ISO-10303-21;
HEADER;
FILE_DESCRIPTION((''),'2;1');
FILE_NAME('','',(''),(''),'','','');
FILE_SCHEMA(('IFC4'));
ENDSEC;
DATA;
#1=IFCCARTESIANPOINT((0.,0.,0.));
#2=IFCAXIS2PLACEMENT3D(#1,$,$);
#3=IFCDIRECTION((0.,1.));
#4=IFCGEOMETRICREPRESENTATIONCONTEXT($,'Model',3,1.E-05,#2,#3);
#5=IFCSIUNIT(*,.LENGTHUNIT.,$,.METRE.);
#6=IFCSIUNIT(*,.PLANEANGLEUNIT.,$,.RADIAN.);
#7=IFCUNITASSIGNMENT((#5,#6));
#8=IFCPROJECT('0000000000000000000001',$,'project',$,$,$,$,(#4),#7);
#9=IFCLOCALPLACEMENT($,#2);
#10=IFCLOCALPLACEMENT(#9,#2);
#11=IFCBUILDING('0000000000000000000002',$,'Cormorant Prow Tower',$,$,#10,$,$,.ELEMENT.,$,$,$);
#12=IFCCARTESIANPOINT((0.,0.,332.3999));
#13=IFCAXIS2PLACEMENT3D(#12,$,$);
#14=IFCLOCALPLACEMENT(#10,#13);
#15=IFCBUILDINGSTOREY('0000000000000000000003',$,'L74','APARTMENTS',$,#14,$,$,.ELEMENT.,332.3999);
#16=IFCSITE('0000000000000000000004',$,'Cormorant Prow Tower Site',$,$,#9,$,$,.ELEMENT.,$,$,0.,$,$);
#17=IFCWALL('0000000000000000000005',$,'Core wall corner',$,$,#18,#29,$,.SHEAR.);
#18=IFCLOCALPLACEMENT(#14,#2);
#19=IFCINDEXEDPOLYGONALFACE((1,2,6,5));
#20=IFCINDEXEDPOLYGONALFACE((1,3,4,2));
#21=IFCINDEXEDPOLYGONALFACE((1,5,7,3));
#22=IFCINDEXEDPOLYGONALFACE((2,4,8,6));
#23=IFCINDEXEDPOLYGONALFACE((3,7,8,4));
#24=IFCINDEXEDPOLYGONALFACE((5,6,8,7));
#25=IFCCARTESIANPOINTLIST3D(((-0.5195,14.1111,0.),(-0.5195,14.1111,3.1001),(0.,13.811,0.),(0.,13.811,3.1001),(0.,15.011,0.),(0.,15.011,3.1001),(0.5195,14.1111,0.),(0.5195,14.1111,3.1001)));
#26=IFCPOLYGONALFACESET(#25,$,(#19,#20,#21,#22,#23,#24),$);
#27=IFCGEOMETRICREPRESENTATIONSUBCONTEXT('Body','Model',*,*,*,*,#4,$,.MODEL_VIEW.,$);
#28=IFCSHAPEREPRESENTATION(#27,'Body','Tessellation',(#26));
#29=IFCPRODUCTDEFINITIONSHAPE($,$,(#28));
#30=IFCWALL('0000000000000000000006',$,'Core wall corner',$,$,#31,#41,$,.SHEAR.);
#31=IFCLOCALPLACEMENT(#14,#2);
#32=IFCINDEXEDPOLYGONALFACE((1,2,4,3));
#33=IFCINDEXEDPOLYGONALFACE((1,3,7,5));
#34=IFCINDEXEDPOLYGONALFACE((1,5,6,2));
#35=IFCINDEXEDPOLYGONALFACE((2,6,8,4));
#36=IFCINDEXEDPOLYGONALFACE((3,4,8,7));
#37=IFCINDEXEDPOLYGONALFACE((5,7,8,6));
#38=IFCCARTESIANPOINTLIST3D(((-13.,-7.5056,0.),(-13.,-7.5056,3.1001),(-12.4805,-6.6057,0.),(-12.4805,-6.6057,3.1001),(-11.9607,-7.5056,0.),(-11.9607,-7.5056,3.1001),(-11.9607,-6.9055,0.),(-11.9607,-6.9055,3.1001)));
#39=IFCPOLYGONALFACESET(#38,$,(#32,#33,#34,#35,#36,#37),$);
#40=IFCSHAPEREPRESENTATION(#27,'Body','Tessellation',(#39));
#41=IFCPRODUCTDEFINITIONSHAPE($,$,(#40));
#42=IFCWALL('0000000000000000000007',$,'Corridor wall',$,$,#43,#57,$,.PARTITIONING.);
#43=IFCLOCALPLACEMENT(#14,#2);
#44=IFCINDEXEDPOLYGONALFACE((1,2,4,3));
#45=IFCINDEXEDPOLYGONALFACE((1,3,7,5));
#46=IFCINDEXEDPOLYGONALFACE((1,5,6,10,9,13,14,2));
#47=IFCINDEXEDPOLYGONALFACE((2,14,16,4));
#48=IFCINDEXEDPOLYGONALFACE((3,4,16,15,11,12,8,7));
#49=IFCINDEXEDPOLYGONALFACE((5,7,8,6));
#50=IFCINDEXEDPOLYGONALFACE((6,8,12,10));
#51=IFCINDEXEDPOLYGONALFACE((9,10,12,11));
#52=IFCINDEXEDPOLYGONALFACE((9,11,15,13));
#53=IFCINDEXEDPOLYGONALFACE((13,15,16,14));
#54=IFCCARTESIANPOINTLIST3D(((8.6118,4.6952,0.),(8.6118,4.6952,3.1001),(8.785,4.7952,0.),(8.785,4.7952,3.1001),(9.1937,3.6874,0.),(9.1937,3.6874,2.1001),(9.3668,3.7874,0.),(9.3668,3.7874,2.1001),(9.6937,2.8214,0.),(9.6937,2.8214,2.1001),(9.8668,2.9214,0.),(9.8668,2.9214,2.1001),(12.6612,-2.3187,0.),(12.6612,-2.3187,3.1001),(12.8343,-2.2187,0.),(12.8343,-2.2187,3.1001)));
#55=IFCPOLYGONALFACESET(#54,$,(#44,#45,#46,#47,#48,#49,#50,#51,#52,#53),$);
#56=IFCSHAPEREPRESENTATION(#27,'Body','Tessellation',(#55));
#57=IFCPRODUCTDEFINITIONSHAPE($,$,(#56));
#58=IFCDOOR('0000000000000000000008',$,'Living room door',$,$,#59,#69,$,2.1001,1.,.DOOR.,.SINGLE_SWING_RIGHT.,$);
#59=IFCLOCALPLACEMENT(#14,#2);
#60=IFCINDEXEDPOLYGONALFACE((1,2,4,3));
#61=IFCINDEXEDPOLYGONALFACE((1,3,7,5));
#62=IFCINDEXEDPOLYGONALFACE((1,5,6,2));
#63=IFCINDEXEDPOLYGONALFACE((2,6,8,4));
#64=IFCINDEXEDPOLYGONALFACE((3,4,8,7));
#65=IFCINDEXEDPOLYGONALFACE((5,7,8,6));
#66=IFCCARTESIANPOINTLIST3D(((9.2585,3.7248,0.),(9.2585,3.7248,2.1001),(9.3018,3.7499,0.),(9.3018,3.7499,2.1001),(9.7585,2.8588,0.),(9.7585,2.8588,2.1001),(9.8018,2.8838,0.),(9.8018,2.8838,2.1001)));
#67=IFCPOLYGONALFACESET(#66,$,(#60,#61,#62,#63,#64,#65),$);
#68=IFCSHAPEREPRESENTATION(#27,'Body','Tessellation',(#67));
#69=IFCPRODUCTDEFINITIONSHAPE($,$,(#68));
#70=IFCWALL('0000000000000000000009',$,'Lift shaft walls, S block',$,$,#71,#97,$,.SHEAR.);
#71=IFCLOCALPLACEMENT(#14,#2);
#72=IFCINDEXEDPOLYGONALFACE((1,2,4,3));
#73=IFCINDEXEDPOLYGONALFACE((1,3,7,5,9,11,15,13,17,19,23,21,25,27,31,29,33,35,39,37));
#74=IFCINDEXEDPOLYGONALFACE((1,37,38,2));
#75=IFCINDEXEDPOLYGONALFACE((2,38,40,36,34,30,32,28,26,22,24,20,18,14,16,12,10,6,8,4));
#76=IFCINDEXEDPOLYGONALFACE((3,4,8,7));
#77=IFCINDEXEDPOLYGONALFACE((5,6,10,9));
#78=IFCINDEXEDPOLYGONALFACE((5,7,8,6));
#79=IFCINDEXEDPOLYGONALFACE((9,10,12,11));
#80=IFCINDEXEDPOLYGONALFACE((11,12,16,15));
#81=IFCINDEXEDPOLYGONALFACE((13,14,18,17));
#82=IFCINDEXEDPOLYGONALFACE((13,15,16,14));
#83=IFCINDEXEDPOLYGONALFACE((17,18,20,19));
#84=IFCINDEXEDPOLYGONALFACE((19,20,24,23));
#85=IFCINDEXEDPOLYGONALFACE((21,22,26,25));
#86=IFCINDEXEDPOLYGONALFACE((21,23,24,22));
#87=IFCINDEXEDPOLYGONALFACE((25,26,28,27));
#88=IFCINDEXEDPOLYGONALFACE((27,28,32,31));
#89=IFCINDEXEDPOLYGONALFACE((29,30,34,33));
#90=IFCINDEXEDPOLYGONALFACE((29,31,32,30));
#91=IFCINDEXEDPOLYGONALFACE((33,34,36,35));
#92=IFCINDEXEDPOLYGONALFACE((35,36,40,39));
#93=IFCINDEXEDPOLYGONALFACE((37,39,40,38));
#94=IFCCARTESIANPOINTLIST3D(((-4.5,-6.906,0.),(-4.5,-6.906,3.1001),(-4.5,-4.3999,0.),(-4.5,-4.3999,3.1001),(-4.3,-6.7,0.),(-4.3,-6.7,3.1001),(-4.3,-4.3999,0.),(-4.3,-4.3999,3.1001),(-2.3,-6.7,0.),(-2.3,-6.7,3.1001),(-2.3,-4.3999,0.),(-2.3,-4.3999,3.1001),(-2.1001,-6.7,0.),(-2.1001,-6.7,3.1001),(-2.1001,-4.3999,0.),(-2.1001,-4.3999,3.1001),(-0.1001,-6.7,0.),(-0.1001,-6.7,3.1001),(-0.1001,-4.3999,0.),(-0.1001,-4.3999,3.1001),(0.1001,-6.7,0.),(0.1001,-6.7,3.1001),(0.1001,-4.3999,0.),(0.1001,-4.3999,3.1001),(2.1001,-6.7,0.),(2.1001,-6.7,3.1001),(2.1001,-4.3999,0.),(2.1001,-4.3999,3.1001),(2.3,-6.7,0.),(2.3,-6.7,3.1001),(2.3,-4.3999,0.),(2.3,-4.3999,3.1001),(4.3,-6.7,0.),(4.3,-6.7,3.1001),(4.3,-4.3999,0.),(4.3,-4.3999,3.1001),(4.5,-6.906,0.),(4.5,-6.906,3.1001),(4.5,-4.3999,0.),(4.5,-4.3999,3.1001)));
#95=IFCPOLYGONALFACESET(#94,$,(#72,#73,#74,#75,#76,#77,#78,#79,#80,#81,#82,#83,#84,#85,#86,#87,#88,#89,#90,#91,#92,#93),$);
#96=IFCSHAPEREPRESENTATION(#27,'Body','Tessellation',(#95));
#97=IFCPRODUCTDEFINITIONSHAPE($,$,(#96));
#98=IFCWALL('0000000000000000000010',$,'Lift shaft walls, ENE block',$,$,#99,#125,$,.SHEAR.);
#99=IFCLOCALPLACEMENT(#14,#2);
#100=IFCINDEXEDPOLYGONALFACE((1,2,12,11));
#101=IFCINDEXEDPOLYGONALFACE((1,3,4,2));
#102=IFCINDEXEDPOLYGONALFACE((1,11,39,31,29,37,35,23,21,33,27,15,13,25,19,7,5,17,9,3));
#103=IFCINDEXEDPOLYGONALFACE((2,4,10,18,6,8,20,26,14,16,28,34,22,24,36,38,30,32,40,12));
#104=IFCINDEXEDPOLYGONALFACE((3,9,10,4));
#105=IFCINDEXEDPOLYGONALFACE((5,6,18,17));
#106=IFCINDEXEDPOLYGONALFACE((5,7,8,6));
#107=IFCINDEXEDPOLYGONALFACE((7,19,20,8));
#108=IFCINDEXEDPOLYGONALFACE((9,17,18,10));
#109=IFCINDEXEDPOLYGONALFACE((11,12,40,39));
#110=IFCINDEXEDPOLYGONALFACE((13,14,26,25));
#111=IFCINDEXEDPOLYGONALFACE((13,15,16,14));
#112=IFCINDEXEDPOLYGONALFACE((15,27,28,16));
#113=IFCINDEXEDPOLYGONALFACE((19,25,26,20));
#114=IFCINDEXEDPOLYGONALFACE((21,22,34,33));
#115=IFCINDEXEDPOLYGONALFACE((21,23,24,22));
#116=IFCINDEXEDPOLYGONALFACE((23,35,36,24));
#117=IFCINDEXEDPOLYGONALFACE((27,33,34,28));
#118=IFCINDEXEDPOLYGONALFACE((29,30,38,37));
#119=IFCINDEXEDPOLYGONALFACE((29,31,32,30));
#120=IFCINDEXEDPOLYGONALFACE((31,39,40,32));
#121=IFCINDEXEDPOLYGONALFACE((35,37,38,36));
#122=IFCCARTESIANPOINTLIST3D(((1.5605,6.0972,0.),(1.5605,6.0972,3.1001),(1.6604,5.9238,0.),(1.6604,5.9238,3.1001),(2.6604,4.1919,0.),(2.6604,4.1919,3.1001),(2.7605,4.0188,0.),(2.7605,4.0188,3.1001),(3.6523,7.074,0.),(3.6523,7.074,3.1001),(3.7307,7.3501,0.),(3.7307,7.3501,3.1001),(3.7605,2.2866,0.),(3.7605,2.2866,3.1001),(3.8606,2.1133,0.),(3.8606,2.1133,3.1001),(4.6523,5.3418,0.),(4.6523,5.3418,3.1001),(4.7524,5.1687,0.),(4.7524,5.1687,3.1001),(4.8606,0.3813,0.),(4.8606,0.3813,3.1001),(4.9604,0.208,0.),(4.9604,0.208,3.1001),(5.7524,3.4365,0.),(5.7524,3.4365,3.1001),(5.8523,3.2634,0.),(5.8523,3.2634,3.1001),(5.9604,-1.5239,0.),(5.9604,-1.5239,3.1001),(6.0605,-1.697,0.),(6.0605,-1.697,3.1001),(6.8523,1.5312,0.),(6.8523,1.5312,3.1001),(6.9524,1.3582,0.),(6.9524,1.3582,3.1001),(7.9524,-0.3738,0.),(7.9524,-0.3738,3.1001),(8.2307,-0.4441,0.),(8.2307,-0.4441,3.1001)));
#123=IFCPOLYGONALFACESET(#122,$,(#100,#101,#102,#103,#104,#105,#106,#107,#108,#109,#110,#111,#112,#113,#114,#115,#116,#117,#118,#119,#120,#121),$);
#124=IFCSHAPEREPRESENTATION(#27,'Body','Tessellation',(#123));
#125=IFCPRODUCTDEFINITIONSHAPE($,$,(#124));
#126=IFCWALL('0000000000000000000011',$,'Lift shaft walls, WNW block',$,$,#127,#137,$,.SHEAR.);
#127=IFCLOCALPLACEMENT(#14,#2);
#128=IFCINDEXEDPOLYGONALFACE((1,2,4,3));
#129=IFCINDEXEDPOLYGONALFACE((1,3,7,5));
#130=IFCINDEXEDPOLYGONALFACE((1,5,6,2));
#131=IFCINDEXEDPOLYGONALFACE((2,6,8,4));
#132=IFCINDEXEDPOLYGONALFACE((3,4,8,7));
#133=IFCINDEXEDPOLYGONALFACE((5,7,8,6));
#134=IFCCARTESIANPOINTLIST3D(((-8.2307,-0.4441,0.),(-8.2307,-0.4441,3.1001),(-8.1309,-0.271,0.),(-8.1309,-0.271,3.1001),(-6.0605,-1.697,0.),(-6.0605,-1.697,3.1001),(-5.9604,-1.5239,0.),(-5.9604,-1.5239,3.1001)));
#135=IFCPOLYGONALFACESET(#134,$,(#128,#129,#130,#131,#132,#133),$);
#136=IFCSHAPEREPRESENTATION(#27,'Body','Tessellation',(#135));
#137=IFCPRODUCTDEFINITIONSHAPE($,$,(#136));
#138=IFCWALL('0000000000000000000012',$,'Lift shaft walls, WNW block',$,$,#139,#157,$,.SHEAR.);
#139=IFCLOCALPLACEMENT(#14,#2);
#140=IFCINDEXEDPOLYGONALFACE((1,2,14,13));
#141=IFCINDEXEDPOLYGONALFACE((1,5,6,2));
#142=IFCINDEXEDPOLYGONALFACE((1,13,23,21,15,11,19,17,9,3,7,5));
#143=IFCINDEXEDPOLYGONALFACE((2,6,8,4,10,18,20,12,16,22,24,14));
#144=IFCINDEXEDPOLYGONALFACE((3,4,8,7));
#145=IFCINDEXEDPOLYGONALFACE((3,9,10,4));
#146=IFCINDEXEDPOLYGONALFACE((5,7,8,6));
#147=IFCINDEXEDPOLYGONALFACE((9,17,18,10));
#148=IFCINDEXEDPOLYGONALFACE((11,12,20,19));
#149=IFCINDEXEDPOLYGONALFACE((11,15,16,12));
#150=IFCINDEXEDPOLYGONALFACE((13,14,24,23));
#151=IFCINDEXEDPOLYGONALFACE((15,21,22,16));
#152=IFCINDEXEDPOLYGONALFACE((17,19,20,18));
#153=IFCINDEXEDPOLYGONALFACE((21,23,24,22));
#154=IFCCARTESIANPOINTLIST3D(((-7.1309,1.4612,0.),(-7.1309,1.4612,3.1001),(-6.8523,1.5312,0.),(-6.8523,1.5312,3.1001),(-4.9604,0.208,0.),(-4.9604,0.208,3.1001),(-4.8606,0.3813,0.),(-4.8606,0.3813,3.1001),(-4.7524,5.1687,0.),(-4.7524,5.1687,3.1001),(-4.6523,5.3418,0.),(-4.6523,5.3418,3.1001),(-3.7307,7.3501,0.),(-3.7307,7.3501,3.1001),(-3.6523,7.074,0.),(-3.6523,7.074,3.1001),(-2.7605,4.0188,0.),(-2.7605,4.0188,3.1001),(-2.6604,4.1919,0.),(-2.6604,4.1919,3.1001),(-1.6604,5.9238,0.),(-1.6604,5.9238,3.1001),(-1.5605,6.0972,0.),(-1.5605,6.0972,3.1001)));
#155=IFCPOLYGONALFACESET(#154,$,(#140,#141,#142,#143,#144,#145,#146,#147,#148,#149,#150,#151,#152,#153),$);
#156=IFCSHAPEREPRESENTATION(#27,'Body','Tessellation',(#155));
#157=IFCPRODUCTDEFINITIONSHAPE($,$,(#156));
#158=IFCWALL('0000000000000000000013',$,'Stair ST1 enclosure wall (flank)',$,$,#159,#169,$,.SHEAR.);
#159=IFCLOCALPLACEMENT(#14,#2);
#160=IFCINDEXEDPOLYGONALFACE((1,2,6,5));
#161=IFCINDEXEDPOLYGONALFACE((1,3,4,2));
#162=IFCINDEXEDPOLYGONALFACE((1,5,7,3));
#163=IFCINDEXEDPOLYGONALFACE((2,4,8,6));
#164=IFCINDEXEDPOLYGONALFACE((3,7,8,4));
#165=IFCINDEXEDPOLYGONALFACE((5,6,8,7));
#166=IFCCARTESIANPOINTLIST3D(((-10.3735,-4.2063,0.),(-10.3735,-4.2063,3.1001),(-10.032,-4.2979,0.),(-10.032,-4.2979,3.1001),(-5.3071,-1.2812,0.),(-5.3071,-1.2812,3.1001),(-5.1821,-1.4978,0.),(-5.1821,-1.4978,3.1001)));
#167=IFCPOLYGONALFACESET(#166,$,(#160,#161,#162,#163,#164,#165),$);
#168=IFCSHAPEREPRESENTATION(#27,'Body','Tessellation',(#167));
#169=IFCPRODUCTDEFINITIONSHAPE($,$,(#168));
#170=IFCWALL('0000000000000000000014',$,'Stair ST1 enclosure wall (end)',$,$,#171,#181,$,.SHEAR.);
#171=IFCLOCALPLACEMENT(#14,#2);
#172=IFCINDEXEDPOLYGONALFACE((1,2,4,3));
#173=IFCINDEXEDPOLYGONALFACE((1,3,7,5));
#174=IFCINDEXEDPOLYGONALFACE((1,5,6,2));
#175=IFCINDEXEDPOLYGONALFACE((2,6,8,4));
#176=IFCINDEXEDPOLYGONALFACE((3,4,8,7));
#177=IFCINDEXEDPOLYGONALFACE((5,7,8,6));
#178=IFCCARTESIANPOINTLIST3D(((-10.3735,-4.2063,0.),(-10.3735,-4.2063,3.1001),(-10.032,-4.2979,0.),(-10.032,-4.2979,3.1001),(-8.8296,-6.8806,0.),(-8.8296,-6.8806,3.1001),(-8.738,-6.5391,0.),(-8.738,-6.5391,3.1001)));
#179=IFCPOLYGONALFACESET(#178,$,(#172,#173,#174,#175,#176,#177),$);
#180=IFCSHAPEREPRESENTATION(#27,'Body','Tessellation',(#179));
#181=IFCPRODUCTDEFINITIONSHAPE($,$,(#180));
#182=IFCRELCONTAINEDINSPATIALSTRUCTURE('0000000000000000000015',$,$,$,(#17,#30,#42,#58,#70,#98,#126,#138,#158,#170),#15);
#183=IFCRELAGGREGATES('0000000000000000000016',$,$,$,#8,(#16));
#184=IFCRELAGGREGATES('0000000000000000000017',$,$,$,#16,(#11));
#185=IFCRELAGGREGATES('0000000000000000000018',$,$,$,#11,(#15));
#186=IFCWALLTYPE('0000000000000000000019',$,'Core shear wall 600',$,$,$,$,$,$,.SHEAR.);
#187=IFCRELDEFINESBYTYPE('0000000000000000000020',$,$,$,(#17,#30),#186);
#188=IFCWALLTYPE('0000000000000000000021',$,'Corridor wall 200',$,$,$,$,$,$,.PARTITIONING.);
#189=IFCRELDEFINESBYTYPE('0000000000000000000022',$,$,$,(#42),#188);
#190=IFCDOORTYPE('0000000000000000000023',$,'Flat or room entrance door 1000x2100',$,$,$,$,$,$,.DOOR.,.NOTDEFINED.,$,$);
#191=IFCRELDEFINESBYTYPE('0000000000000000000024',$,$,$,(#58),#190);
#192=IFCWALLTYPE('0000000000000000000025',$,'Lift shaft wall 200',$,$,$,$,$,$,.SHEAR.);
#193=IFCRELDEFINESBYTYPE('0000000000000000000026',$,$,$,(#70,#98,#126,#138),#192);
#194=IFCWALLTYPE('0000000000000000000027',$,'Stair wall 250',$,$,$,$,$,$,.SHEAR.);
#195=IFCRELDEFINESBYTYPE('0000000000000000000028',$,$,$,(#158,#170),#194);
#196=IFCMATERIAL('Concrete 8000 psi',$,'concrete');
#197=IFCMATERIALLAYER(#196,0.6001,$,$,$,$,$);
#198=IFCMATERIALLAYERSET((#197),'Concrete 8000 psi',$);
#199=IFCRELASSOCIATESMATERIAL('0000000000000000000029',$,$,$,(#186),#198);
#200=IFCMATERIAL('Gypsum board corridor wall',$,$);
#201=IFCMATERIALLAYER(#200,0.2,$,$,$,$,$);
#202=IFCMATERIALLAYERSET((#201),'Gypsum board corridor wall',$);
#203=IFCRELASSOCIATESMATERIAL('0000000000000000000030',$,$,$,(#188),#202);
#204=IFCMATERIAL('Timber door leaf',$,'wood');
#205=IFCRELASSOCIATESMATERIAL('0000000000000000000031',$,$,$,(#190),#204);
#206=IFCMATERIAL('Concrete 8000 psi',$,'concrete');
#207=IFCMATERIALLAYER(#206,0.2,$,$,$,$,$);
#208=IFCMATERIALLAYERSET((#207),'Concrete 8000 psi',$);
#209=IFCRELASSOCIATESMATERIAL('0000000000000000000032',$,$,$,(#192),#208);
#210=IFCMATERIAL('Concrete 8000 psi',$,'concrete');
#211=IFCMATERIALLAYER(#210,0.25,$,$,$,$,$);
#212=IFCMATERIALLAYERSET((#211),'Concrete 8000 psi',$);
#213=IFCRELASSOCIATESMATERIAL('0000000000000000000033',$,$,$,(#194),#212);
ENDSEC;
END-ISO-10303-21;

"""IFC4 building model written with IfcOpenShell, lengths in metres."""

from ifc_helpers import new_model, si_unit, direction, frame, frame_2d, origin, place, context, subcontext, project, spatial, polyline, rectangle, outline, extrude, material, layer, layer_set, type_object, element, fill, save


model = new_model("IFC4")

# Units and contexts
model_context = context("Model", 3, precision=1e-05, world=origin(), true_north=direction((0.0, 1.0)))
body_context = subcontext(model_context, "Body", "Model", "MODEL_VIEW")
ifc_project = project(units=[si_unit("LENGTHUNIT", "METRE"), si_unit("PLANEANGLEUNIT", "RADIAN")], contexts=[model_context])

# Site, building, storey
site_placement = place(None, origin())
site = spatial("IfcSite", under=ifc_project, at=site_placement, Name="Cormorant Prow Tower Site", CompositionType="ELEMENT", RefElevation=0.0)
building_placement = place(site_placement, origin())
building = spatial("IfcBuilding", under=site, at=building_placement, Name="Cormorant Prow Tower", CompositionType="ELEMENT")
storey_placement = place(building_placement, frame((0.0, 0.0, 332.3999)))
storey = spatial("IfcBuildingStorey", under=building, at=storey_placement, Name="L74", Description="APARTMENTS", CompositionType="ELEMENT", Elevation=332.3999)

# Walls
ifc_material_1 = material(Name="Concrete 8000 psi", Category="concrete")
ifc_layer_1 = layer(ifc_material_1, 0.6001)
ifc_layer_set_1 = layer_set([ifc_layer_1], Name="Concrete 8000 psi")
wall_type_1 = type_object("IfcWallType", Name="Core shear wall 600", PredefinedType="SHEAR", material=ifc_layer_set_1)
wall_1_placement = place(storey_placement, origin())
element("IfcWall", 1, at=wall_1_placement, inside=storey, type_object=wall_type_1, Name="Core wall corner", PredefinedType="SHEAR", context=body_context, shape_type="SweptSolid", body=[
    extrude(outline(polyline([(-0.5195, 14.1111), (0.0, 15.011), (0.5195, 14.1111), (0.0, 13.811), (-0.5195, 14.1111)])), origin(), (0.0, 0.0, 1.0), 3.1001),
])
wall_2_placement = place(storey_placement, origin())
element("IfcWall", 2, at=wall_2_placement, inside=storey, type_object=wall_type_1, Name="Core wall corner", PredefinedType="SHEAR", context=body_context, shape_type="SweptSolid", body=[
    extrude(outline(polyline([(-12.4805, -6.6057), (-11.9607, -6.9055), (-11.9607, -7.5056), (-13.0, -7.5056), (-12.4805, -6.6057)])), origin(), (0.0, 0.0, 1.0), 3.1001),
])

# Wall, opening, door
ifc_material_2 = material(Name="Gypsum board corridor wall")
ifc_layer_2 = layer(ifc_material_2, 0.2)
ifc_layer_set_2 = layer_set([ifc_layer_2], Name="Gypsum board corridor wall")
wall_type_2 = type_object("IfcWallType", Name="Corridor wall 200", PredefinedType="PARTITIONING", material=ifc_layer_set_2)
wall_3_placement = place(storey_placement, frame((8.6985, 4.7451, 0.0), z_axis=(0.0, 0.0, 1.0), x_axis=(0.499984, -0.866034, 0.0)))
wall_3 = element("IfcWall", 3, at=wall_3_placement, inside=storey, type_object=wall_type_2, Name="Corridor wall", PredefinedType="PARTITIONING", context=body_context, shape_type="SweptSolid", body=[
    extrude(rectangle(XDim=8.0989, YDim=0.2, at=frame_2d((4.0493, 0.0))), origin(), (0.0, 0.0, 1.0), 3.1001),
])
opening_1_placement = place(wall_3_placement, frame((1.1636, 0.0, 0.0)))
opening_1 = element("IfcOpeningElement", 4, at=opening_1_placement, cuts=wall_3, PredefinedType="OPENING", context=body_context, shape_type="SweptSolid", body=[
    extrude(rectangle(XDim=1.0, YDim=2.1001, at=frame_2d((0.5, 1.05))), frame((0.0, 0.1099, 0.0), z_axis=(0.0, -1.0, 0.0), x_axis=(1.0, 0.0, 0.0)), (0.0, 0.0, 1.0), 0.22),
])
ifc_material_3 = material(Name="Timber door leaf", Category="wood")
door_type_1 = type_object("IfcDoorType", Name="Flat or room entrance door 1000x2100", OperationType="NOTDEFINED", PredefinedType="DOOR", material=ifc_material_3)
door_1_placement = place(opening_1_placement, origin())
door_1 = element("IfcDoor", 5, at=door_1_placement, inside=storey, type_object=door_type_1, Name="Living room door", OperationType="SINGLE_SWING_RIGHT", OverallHeight=2.1001, OverallWidth=1.0, PredefinedType="DOOR", context=body_context, shape_type="SweptSolid", body=[
    extrude(rectangle(XDim=1.0, YDim=2.1001, at=frame_2d((0.5, 1.05))), frame((0.0, 0.0249, 0.0), z_axis=(0.0, -1.0, 0.0), x_axis=(1.0, 0.0, 0.0)), (0.0, 0.0, 1.0), 0.05),
])
fill(opening_1, door_1)

# Walls
ifc_material_4 = material(Name="Concrete 8000 psi", Category="concrete")
ifc_layer_3 = layer(ifc_material_4, 0.2)
ifc_layer_set_3 = layer_set([ifc_layer_3], Name="Concrete 8000 psi")
wall_type_3 = type_object("IfcWallType", Name="Lift shaft wall 200", PredefinedType="SHEAR", material=ifc_layer_set_3)
wall_4_placement = place(storey_placement, origin())
element("IfcWall", 6, at=wall_4_placement, inside=storey, type_object=wall_type_3, Name="Lift shaft walls, S block", PredefinedType="SHEAR", context=body_context, shape_type="SweptSolid", body=[
    extrude(outline(polyline([(4.5, -4.3999), (4.5, -6.906), (-4.5, -6.906), (-4.5, -4.3999), (-4.3, -4.3999), (-4.3, -6.7), (-2.3, -6.7), (-2.3, -4.3999), (-2.1001, -4.3999), (-2.1001, -6.7), (-0.1001, -6.7), (-0.1001, -4.3999), (0.1001, -4.3999), (0.1001, -6.7), (2.1001, -6.7), (2.1001, -4.3999), (2.3, -4.3999), (2.3, -6.7), (4.3, -6.7), (4.3, -4.3999), (4.5, -4.3999)])), origin(), (0.0, 0.0, 1.0), 3.1001),
])
wall_5_placement = place(storey_placement, origin())
element("IfcWall", 7, at=wall_5_placement, inside=storey, type_object=wall_type_3, Name="Lift shaft walls, ENE block", PredefinedType="SHEAR", context=body_context, shape_type="SweptSolid", body=[
    extrude(outline(polyline([(1.5605, 6.0972), (3.7307, 7.3501), (8.2307, -0.4441), (6.0605, -1.697), (5.9604, -1.5239), (7.9524, -0.3738), (6.9524, 1.3582), (4.9604, 0.208), (4.8606, 0.3813), (6.8523, 1.5312), (5.8523, 3.2634), (3.8606, 2.1133), (3.7605, 2.2866), (5.7524, 3.4365), (4.7524, 5.1687), (2.7605, 4.0188), (2.6604, 4.1919), (4.6523, 5.3418), (3.6523, 7.074), (1.6604, 5.9238), (1.5605, 6.0972)])), origin(), (0.0, 0.0, 1.0), 3.1001),
])
wall_6_placement = place(storey_placement, origin())
element("IfcWall", 8, at=wall_6_placement, inside=storey, type_object=wall_type_3, Name="Lift shaft walls, WNW block", PredefinedType="SHEAR", context=body_context, shape_type="SweptSolid", body=[
    extrude(outline(polyline([(-6.0605, -1.697), (-8.2307, -0.4441), (-8.1309, -0.271), (-5.9604, -1.5239), (-6.0605, -1.697)])), origin(), (0.0, 0.0, 1.0), 3.1001),
])
wall_7_placement = place(storey_placement, origin())
element("IfcWall", 9, at=wall_7_placement, inside=storey, type_object=wall_type_3, Name="Lift shaft walls, WNW block", PredefinedType="SHEAR", context=body_context, shape_type="SweptSolid", body=[
    extrude(outline(polyline([(-4.9604, 0.208), (-7.1309, 1.4612), (-3.7307, 7.3501), (-1.5605, 6.0972), (-1.6604, 5.9238), (-3.6523, 7.074), (-4.6523, 5.3418), (-2.6604, 4.1919), (-2.7605, 4.0188), (-4.7524, 5.1687), (-6.8523, 1.5312), (-4.8606, 0.3813), (-4.9604, 0.208)])), origin(), (0.0, 0.0, 1.0), 3.1001),
])
ifc_material_5 = material(Name="Concrete 8000 psi", Category="concrete")
ifc_layer_4 = layer(ifc_material_5, 0.25)
ifc_layer_set_4 = layer_set([ifc_layer_4], Name="Concrete 8000 psi")
wall_type_4 = type_object("IfcWallType", Name="Stair wall 250", PredefinedType="SHEAR", material=ifc_layer_set_4)
wall_8_placement = place(storey_placement, origin())
element("IfcWall", 10, at=wall_8_placement, inside=storey, type_object=wall_type_4, Name="Stair ST1 enclosure wall (flank)", PredefinedType="SHEAR", context=body_context, shape_type="SweptSolid", body=[
    extrude(outline(polyline([(-5.3071, -1.2812), (-10.3735, -4.2063), (-10.032, -4.2979), (-5.1821, -1.4978), (-5.3071, -1.2812)])), origin(), (0.0, 0.0, 1.0), 3.1001),
])
wall_9_placement = place(storey_placement, origin())
element("IfcWall", 11, at=wall_9_placement, inside=storey, type_object=wall_type_4, Name="Stair ST1 enclosure wall (end)", PredefinedType="SHEAR", context=body_context, shape_type="SweptSolid", body=[
    extrude(outline(polyline([(-10.3735, -4.2063), (-8.8296, -6.8806), (-8.738, -6.5391), (-10.032, -4.2979), (-10.3735, -4.2063)])), origin(), (0.0, 0.0, 1.0), 3.1001),
])

save(model, "model.ifc")
